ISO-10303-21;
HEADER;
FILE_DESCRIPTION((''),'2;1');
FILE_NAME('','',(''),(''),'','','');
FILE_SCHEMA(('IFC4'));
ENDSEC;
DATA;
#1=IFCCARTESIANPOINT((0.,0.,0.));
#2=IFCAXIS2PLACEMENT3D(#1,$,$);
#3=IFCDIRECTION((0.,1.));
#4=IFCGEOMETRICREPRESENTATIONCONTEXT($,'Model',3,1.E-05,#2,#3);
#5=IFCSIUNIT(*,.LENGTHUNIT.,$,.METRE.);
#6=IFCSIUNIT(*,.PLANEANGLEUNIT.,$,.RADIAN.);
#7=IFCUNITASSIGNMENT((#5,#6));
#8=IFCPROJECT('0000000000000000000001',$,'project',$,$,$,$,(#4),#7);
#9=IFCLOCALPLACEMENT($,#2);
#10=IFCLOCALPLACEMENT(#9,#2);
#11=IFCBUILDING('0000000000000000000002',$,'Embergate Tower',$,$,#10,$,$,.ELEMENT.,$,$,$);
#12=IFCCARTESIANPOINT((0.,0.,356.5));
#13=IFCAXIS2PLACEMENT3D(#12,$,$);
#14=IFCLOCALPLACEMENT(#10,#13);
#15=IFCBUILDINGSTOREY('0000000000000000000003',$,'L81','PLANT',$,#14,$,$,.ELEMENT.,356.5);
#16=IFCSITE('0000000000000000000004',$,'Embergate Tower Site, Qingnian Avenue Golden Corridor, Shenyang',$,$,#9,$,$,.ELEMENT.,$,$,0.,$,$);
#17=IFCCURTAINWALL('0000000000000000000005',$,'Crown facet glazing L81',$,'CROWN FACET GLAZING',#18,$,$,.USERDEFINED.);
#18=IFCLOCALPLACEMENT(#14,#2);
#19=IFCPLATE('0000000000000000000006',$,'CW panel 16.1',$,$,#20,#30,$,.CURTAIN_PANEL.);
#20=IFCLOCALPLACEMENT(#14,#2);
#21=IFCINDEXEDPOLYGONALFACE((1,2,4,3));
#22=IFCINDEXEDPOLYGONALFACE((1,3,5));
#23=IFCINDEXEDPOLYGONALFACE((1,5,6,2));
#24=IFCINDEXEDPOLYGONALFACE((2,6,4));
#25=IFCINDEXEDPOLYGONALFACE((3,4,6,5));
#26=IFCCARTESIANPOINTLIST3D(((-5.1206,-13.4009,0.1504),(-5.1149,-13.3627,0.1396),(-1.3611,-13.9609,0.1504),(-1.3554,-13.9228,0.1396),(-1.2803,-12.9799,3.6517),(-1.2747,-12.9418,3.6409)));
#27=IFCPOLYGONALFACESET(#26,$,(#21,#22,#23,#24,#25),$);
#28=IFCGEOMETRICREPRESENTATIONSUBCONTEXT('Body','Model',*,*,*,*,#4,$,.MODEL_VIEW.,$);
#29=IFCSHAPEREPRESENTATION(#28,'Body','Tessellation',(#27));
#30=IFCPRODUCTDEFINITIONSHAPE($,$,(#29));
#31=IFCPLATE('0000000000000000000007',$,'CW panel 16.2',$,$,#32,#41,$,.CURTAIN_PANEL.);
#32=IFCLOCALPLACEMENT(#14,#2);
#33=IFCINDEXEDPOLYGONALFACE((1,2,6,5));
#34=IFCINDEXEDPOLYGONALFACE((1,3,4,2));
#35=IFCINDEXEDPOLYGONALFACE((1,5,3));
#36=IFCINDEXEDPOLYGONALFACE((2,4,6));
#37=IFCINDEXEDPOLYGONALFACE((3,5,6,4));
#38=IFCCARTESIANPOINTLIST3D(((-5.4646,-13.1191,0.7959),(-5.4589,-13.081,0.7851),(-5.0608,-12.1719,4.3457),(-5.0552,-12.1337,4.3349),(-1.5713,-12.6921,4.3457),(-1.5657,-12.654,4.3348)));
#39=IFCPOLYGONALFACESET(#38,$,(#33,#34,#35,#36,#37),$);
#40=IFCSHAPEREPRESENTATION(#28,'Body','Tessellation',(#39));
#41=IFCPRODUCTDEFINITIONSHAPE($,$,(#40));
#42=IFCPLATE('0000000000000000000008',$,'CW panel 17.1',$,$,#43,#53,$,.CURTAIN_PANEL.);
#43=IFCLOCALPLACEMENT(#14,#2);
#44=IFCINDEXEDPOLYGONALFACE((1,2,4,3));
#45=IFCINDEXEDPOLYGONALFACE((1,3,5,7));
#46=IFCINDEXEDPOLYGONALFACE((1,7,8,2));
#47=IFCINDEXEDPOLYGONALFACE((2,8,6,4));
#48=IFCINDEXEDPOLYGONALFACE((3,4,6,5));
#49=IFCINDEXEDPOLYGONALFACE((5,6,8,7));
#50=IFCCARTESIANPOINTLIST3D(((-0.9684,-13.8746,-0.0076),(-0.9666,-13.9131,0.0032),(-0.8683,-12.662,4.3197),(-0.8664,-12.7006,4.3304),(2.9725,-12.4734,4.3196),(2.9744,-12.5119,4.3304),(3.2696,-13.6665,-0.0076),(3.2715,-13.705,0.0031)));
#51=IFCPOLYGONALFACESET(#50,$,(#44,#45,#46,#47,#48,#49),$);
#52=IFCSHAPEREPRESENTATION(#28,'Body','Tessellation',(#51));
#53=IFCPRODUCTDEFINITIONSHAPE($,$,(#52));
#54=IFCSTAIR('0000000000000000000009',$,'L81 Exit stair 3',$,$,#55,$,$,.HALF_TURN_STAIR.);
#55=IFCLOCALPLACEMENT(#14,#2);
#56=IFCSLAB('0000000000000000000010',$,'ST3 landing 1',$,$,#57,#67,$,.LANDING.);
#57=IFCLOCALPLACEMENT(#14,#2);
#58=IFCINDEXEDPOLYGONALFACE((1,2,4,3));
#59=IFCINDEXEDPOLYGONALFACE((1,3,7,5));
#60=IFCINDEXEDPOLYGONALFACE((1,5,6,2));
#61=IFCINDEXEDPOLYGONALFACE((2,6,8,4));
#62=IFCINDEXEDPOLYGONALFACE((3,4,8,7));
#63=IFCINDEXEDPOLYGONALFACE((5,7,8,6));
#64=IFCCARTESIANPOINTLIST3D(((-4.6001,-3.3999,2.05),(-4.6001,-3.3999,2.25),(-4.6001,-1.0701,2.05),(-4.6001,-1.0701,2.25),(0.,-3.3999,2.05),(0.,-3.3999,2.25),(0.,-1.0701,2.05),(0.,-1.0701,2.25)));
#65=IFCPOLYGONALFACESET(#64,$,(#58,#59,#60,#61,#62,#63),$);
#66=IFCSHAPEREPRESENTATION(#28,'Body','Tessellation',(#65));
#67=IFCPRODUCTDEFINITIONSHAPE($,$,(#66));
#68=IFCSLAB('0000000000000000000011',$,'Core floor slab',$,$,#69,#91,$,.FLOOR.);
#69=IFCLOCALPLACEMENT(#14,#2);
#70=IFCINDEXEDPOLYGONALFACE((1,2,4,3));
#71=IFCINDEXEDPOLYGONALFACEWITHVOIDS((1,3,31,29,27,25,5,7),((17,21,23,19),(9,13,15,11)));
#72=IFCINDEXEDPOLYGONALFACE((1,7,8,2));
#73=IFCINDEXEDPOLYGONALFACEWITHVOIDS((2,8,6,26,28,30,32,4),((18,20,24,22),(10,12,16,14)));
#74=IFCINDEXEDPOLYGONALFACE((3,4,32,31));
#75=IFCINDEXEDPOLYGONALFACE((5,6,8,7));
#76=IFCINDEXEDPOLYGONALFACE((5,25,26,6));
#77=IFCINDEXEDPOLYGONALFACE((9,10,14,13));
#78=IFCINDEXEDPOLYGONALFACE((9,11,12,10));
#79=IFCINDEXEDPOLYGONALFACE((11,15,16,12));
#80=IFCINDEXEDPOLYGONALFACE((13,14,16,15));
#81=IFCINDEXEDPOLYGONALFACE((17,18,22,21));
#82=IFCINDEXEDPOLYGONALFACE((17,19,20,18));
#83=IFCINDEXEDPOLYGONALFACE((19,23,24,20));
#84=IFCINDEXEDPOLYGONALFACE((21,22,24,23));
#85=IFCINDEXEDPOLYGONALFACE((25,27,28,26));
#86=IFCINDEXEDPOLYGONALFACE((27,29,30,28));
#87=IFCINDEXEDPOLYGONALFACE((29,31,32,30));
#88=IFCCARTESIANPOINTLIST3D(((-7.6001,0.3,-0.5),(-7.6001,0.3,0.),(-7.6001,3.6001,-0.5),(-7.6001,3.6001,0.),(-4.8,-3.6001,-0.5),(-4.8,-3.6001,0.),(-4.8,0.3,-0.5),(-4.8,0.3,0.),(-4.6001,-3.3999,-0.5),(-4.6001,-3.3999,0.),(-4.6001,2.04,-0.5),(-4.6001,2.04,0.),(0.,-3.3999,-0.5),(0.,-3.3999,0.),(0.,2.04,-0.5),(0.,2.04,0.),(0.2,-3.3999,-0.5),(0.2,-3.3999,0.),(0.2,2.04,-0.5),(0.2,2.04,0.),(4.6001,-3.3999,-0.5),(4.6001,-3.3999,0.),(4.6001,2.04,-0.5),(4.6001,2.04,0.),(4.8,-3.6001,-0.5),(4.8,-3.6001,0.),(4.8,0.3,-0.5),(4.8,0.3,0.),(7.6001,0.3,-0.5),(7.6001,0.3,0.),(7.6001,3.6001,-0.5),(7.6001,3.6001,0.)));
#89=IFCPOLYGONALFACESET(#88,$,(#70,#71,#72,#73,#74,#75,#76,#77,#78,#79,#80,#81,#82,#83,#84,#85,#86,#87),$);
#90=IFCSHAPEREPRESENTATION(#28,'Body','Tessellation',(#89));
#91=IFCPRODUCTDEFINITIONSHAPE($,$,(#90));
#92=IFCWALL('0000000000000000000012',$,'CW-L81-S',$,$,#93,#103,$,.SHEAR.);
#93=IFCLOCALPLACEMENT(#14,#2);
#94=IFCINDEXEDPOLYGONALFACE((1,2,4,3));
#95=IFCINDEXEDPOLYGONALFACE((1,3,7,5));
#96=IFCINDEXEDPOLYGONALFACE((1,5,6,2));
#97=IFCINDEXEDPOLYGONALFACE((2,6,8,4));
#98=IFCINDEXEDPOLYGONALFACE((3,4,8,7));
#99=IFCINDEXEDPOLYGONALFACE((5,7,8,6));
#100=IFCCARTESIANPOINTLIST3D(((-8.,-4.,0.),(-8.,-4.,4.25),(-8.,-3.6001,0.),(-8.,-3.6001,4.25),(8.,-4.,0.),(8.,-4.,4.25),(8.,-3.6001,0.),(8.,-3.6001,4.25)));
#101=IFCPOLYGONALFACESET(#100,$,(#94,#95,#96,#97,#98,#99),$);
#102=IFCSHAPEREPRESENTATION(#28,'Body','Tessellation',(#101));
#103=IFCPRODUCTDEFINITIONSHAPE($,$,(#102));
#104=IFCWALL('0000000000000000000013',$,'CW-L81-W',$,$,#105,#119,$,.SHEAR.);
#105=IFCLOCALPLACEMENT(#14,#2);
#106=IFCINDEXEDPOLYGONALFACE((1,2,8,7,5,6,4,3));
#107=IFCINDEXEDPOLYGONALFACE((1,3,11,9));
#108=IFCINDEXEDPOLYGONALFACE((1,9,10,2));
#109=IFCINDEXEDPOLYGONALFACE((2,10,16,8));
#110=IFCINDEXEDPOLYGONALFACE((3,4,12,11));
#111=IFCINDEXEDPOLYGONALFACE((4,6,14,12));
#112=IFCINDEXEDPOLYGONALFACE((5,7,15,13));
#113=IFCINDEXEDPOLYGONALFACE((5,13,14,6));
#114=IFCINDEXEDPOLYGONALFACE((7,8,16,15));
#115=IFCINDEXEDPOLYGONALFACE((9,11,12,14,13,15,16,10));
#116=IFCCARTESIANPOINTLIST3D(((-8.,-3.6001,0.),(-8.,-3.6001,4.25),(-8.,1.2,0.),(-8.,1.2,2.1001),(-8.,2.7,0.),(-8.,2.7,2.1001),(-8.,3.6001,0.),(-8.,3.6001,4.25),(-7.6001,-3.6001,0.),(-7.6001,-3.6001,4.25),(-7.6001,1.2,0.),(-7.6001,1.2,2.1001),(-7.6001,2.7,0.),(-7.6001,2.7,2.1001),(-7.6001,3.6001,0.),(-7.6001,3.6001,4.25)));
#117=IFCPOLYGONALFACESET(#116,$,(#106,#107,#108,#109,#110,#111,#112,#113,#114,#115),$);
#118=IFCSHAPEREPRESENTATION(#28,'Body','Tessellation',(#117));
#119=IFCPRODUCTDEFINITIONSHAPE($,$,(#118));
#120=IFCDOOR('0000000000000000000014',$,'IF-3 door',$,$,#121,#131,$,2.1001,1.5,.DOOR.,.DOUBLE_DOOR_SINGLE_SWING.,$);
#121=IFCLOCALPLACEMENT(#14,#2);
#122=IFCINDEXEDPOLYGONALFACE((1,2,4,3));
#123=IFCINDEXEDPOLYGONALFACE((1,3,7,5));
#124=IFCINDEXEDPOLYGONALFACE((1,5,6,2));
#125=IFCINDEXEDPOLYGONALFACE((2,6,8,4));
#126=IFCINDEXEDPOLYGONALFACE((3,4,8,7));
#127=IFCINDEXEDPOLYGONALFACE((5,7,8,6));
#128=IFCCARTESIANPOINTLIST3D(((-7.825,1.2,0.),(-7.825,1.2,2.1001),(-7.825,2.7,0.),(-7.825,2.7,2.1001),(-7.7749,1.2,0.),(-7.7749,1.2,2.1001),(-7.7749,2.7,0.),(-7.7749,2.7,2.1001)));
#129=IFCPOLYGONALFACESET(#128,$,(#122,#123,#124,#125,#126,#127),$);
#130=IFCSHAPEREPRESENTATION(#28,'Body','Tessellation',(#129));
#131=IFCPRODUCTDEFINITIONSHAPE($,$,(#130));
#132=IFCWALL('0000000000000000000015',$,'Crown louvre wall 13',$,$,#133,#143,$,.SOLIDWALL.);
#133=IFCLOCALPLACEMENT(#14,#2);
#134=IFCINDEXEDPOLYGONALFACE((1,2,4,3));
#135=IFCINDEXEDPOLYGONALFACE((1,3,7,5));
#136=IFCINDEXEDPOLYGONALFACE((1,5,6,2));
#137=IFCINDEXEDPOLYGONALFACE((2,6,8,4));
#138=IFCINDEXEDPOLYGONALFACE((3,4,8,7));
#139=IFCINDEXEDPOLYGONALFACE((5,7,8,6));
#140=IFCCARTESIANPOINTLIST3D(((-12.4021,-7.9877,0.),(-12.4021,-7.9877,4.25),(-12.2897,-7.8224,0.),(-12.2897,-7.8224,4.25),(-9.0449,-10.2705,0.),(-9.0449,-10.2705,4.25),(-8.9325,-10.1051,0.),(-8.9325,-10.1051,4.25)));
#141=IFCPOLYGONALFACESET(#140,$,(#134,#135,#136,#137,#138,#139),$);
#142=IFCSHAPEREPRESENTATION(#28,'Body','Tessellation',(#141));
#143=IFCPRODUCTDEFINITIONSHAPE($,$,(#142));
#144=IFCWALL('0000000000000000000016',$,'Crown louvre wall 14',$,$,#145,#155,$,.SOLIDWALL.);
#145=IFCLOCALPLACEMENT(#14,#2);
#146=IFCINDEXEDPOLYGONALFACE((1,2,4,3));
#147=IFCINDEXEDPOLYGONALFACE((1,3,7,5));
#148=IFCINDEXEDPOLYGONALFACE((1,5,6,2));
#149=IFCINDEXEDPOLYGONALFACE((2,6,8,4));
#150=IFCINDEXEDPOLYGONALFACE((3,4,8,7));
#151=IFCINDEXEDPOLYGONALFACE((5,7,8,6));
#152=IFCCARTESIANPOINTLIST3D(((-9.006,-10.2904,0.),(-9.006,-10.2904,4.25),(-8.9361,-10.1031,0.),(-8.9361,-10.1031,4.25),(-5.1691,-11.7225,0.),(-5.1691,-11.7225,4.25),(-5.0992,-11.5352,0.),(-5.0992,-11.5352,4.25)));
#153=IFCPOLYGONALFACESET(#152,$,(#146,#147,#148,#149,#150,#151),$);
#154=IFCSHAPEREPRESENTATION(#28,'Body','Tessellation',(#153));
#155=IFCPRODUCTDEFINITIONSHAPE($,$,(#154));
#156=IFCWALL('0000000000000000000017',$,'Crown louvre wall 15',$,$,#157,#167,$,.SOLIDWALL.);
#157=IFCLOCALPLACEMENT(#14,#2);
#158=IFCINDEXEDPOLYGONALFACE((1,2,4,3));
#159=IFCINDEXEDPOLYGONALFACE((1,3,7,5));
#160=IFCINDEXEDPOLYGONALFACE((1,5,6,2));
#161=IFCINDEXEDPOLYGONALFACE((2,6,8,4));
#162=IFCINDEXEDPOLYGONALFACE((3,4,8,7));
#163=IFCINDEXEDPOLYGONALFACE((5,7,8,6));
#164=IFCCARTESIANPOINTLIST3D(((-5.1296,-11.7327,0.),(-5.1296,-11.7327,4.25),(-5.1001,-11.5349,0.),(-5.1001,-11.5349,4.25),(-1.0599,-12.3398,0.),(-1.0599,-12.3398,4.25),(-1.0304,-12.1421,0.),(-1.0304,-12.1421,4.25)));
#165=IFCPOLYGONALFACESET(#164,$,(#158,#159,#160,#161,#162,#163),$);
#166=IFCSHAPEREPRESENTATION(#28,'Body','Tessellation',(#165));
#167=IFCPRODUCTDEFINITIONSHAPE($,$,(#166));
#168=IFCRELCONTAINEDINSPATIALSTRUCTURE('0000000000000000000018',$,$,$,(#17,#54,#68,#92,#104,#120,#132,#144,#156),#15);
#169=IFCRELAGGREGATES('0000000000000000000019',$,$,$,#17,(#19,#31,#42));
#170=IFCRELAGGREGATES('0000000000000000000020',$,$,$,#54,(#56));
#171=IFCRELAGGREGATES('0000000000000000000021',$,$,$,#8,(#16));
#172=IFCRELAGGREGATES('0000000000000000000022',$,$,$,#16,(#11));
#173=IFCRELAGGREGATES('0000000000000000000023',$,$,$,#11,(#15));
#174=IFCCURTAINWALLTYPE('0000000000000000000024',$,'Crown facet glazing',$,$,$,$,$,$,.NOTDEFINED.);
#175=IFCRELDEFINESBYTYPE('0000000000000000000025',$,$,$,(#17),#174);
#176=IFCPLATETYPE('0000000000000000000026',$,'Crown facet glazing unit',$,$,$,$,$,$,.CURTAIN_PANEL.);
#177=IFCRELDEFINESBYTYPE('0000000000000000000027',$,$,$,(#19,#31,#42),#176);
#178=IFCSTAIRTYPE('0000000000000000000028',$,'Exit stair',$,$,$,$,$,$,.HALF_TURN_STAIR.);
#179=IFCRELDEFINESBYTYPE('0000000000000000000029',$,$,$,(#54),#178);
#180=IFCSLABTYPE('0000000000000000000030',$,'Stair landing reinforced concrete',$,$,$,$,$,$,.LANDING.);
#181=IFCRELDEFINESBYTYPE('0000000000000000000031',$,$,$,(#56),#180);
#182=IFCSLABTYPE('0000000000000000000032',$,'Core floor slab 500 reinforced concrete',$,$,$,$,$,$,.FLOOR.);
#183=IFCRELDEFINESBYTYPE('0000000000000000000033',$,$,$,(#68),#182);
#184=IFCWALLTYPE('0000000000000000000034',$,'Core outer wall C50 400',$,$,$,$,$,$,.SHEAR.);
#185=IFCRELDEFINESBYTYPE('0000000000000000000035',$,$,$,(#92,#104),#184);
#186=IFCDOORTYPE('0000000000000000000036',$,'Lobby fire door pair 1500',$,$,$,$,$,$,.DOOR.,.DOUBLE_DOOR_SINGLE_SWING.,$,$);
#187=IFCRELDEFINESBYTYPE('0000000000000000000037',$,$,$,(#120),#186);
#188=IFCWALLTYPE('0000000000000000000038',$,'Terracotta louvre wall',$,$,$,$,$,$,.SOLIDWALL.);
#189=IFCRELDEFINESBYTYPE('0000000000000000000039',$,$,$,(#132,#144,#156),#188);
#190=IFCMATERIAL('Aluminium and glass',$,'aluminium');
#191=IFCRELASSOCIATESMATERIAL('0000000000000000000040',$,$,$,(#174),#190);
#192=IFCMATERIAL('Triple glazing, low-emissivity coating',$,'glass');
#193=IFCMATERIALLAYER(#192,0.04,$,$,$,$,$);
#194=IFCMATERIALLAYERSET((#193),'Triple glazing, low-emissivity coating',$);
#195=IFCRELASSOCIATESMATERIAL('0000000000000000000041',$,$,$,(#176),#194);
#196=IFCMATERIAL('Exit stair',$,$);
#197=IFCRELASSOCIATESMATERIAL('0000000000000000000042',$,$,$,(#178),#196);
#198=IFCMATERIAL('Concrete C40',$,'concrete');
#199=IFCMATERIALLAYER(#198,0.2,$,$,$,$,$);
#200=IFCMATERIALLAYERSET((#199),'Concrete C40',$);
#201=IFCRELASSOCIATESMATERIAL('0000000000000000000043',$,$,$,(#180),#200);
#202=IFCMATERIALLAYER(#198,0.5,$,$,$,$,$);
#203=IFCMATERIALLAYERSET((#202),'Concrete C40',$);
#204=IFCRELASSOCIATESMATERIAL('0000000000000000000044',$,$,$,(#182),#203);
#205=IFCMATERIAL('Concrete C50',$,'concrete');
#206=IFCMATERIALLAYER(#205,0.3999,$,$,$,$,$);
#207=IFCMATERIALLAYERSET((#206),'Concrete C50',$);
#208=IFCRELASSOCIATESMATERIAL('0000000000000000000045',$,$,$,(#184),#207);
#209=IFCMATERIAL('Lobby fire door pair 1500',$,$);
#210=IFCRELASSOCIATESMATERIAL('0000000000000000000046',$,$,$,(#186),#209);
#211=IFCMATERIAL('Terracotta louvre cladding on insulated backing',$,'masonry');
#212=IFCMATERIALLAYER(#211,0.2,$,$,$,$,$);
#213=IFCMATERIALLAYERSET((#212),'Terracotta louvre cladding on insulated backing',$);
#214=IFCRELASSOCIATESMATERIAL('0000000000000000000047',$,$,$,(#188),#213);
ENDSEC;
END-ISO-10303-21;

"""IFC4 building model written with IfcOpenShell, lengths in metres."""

from ifc_helpers import new_model, si_unit, direction, frame, frame_2d, origin, place, context, subcontext, project, spatial, polyline, rectangle, outline, extrude, source, transform, mapped, material, layer, layer_set, type_object, element, fill, aggregate, save


model = new_model("IFC4")

# Units and contexts
model_context = context("Model", 3, precision=1e-05, world=origin(), true_north=direction((0.0, 1.0)))
body_context = subcontext(model_context, "Body", "Model", "MODEL_VIEW")
ifc_project = project(units=[si_unit("LENGTHUNIT", "METRE"), si_unit("PLANEANGLEUNIT", "RADIAN")], contexts=[model_context])

# Site, building, storey
site_placement = place(None, origin())
site = spatial("IfcSite", under=ifc_project, at=site_placement, Name="Embergate Tower Site, Qingnian Avenue Golden Corridor, Shenyang", CompositionType="ELEMENT", RefElevation=0.0)
building_placement = place(site_placement, origin())
building = spatial("IfcBuilding", under=site, at=building_placement, Name="Embergate Tower", CompositionType="ELEMENT")
storey_placement = place(building_placement, frame((0.0, 0.0, 356.5)))
storey = spatial("IfcBuildingStorey", under=building, at=storey_placement, Name="L81", Description="PLANT", CompositionType="ELEMENT", Elevation=356.5)

# Curtain wall
ifc_material_1 = material(Name="Aluminium and glass", Category="aluminium")
curtain_wall_type = type_object("IfcCurtainWallType", Name="Crown facet glazing", PredefinedType="NOTDEFINED", material=ifc_material_1)
curtain_wall_placement = place(storey_placement, origin())
curtain_wall = element("IfcCurtainWall", 1, at=curtain_wall_placement, inside=storey, type_object=curtain_wall_type, Name="Crown facet glazing L81", ObjectType="CROWN FACET GLAZING", PredefinedType="USERDEFINED")

# Shared definitions
ifc_material_2 = material(Name="Concrete C50", Category="concrete")

# Plates
ifc_material_3 = material(Name="Triple glazing, low-emissivity coating", Category="glass")
ifc_layer_1 = layer(ifc_material_3, 0.04)
ifc_layer_set_1 = layer_set([ifc_layer_1], Name="Triple glazing, low-emissivity coating")
plate_type = type_object("IfcPlateType", Name="Crown facet glazing unit", PredefinedType="CURTAIN_PANEL", material=ifc_layer_set_1)
shared_shape_1 = source(origin(), body_context, "Body", "SweptSolid", [
    extrude(outline(polyline([(0.0, 0.0), (3.801, 0.0), (3.7363, 3.6365), (0.0, 0.0)])), origin(), (0.0, 0.0, -1.0), 0.04),
])
plate_1_placement = place(storey_placement, frame((-5.1206, -13.4009, 0.1504), z_axis=(-0.141869, -0.952325, 0.270093), x_axis=(0.989085, -0.147345, 0.0)))
plate_1 = element("IfcPlate", 2, at=plate_1_placement, type_object=plate_type, Name="CW panel 16.1", PredefinedType="CURTAIN_PANEL", context=body_context, shape_type="MappedRepresentation", body=[
    mapped(shared_shape_1, transform((0.0, 0.0, 0.0))),
])
shared_shape_2 = source(origin(), body_context, "Body", "SweptSolid", [
    extrude(outline(polyline([(0.0, 0.0), (5.2859, 0.0), (2.7578, 2.4609), (0.0, 0.0)])), origin(), (0.0, 0.0, -1.0), 0.04),
])
plate_2_placement = place(storey_placement, frame((-5.4646, -13.1191, 0.7959), z_axis=(-0.141976, -0.952261, 0.270262), x_axis=(0.736539, 0.08078, 0.671554)))
plate_2 = element("IfcPlate", 3, at=plate_2_placement, type_object=plate_type, Name="CW panel 16.2", PredefinedType="CURTAIN_PANEL", context=body_context, shape_type="MappedRepresentation", body=[
    mapped(shared_shape_2, transform((0.0, 0.0, 0.0))),
])
shared_shape_3 = source(origin(), body_context, "Body", "SweptSolid", [
    extrude(outline(polyline([(0.0, 0.0), (4.2432, 0.0), (4.0049, 4.4922), (0.1594, 4.4922), (0.0, 0.0)])), origin(), (0.0, 0.0, -1.0), 0.04),
])
plate_3_placement = place(storey_placement, frame((-0.9666, -13.9131, 0.0032), z_axis=(0.047247, -0.962119, 0.268503), x_axis=(0.998797, 0.049046, -0.000007)))
plate_3 = element("IfcPlate", 4, at=plate_3_placement, type_object=plate_type, Name="CW panel 17.1", PredefinedType="CURTAIN_PANEL", context=body_context, shape_type="MappedRepresentation", body=[
    mapped(shared_shape_3, transform((0.0, 0.0, 0.0))),
])
aggregate(curtain_wall, [plate_1, plate_2, plate_3])

# Stair, slab
ifc_material_4 = material(Name="Exit stair")
stair_type = type_object("IfcStairType", Name="Exit stair", PredefinedType="HALF_TURN_STAIR", material=ifc_material_4)
stair_placement = place(storey_placement, origin())
stair = element("IfcStair", 5, at=stair_placement, inside=storey, type_object=stair_type, Name="L81 Exit stair 3", PredefinedType="HALF_TURN_STAIR")
ifc_material_5 = material(Name="Concrete C40", Category="concrete")
ifc_layer_2 = layer(ifc_material_5, 0.2)
ifc_layer_set_2 = layer_set([ifc_layer_2], Name="Concrete C40")
slab_type_1 = type_object("IfcSlabType", Name="Stair landing reinforced concrete", PredefinedType="LANDING", material=ifc_layer_set_2)
shared_shape_4 = source(origin(), body_context, "Body", "SweptSolid", [
    extrude(outline(polyline([(0.0, 0.0), (4.6001, 0.0), (4.6001, 2.3298), (0.0, 2.3298), (0.0, 0.0)])), origin(), (0.0, 0.0, 1.0), 0.2),
])
slab_1_placement = place(storey_placement, frame((-4.6001, -3.3999, 2.05)))
slab_1 = element("IfcSlab", 6, at=slab_1_placement, type_object=slab_type_1, Name="ST3 landing 1", PredefinedType="LANDING", context=body_context, shape_type="MappedRepresentation", body=[
    mapped(shared_shape_4, transform((0.0, 0.0, 0.0))),
])
aggregate(stair, [slab_1])

# Slab
ifc_layer_3 = layer(ifc_material_5, 0.5)
ifc_layer_set_3 = layer_set([ifc_layer_3], Name="Concrete C40")
slab_type_2 = type_object("IfcSlabType", Name="Core floor slab 500 reinforced concrete", PredefinedType="FLOOR", material=ifc_layer_set_3)
shared_shape_5 = source(origin(), body_context, "Body", "SweptSolid", [
    extrude(outline(polyline([(0.0, 0.0), (9.6001, 0.0), (9.6001, 3.9001), (12.4001, 3.9001), (12.4001, 7.2002), (-2.8, 7.2002), (-2.8, 3.9001), (0.0, 3.9001), (0.0, 0.0)]), holes=[polyline([(0.2, 0.2002), (0.2, 5.6401), (4.8, 5.6401), (4.8, 0.2002), (0.2, 0.2002)]), polyline([(5.0, 0.2002), (5.0, 5.6401), (9.4001, 5.6401), (9.4001, 0.2002), (5.0, 0.2002)])]), origin(), (0.0, 0.0, 1.0), 0.5),
])
slab_2_placement = place(storey_placement, frame((-4.8, -3.6001, -0.5)))
element("IfcSlab", 7, at=slab_2_placement, inside=storey, type_object=slab_type_2, Name="Core floor slab", PredefinedType="FLOOR", context=body_context, shape_type="MappedRepresentation", body=[
    mapped(shared_shape_5, transform((0.0, 0.0, 0.0))),
])

# Wall
ifc_layer_4 = layer(ifc_material_2, 0.3999)
ifc_layer_set_4 = layer_set([ifc_layer_4], Name="Concrete C50")
wall_type_1 = type_object("IfcWallType", Name="Core outer wall C50 400", PredefinedType="SHEAR", material=ifc_layer_set_4)
shared_shape_6 = source(origin(), body_context, "Body", "SweptSolid", [
    extrude(rectangle(XDim=16.0, YDim=0.3999, at=frame_2d((8.0, 0.0))), origin(), (0.0, 0.0, 1.0), 4.25),
])
wall_1_placement = place(storey_placement, frame((-8.0, -3.8, 0.0), z_axis=(0.0, 0.0, 1.0), x_axis=(1.0, 0.0, 0.0)))
element("IfcWall", 8, at=wall_1_placement, inside=storey, type_object=wall_type_1, Name="CW-L81-S", PredefinedType="SHEAR", context=body_context, shape_type="MappedRepresentation", body=[
    mapped(shared_shape_6, transform((0.0, 0.0, 0.0))),
])

# Wall, opening, door
shared_shape_7 = source(origin(), body_context, "Body", "SweptSolid", [
    extrude(rectangle(XDim=7.2002, YDim=0.3999, at=frame_2d((3.6001, 0.0))), origin(), (0.0, 0.0, 1.0), 4.25),
])
wall_2_placement = place(storey_placement, frame((-7.8, -3.6001, 0.0), z_axis=(0.0, 0.0, 1.0), x_axis=(0.0, 1.0, 0.0)))
wall_2 = element("IfcWall", 9, at=wall_2_placement, inside=storey, type_object=wall_type_1, Name="CW-L81-W", PredefinedType="SHEAR", context=body_context, shape_type="MappedRepresentation", body=[
    mapped(shared_shape_7, transform((0.0, 0.0, 0.0))),
])
shared_shape_8 = source(origin(), body_context, "Body", "SweptSolid", [
    extrude(rectangle(XDim=1.5, YDim=2.1001, at=frame_2d((0.75, 1.05))), frame((0.0, 0.21, 0.0), z_axis=(0.0, -1.0, 0.0), x_axis=(1.0, 0.0, 0.0)), (0.0, 0.0, 1.0), 0.4199),
])
opening_placement = place(wall_2_placement, frame((4.8, 0.0, 0.0)))
opening = element("IfcOpeningElement", 10, at=opening_placement, cuts=wall_2, PredefinedType="OPENING", context=body_context, shape_type="MappedRepresentation", body=[
    mapped(shared_shape_8, transform((0.0, 0.0, 0.0))),
])
ifc_material_6 = material(Name="Lobby fire door pair 1500")
door_type = type_object("IfcDoorType", Name="Lobby fire door pair 1500", OperationType="DOUBLE_DOOR_SINGLE_SWING", PredefinedType="DOOR", material=ifc_material_6)
shared_shape_9 = source(origin(), body_context, "Body", "SweptSolid", [
    extrude(rectangle(XDim=1.5, YDim=2.1001, at=frame_2d((0.75, 1.05))), frame((0.0, 0.0249, 0.0), z_axis=(0.0, -1.0, 0.0), x_axis=(1.0, 0.0, 0.0)), (0.0, 0.0, 1.0), 0.05),
])
door_placement = place(opening_placement, origin())
door = element("IfcDoor", 11, at=door_placement, inside=storey, type_object=door_type, Name="IF-3 door", OperationType="DOUBLE_DOOR_SINGLE_SWING", OverallHeight=2.1001, OverallWidth=1.5, PredefinedType="DOOR", context=body_context, shape_type="MappedRepresentation", body=[
    mapped(shared_shape_9, transform((0.0, 0.0, 0.0))),
])
fill(opening, door)

# Walls
ifc_material_7 = material(Name="Terracotta louvre cladding on insulated backing", Category="masonry")
ifc_layer_5 = layer(ifc_material_7, 0.2)
ifc_layer_set_5 = layer_set([ifc_layer_5], Name="Terracotta louvre cladding on insulated backing")
wall_type_2 = type_object("IfcWallType", Name="Terracotta louvre wall", PredefinedType="SOLIDWALL", material=ifc_layer_set_5)
shared_shape_10 = source(origin(), body_context, "Body", "SweptSolid", [
    extrude(rectangle(XDim=4.0598, YDim=0.2, at=frame_2d((2.0298, 0.0))), origin(), (0.0, 0.0, 1.0), 4.25),
])
wall_3_placement = place(storey_placement, frame((-8.9888, -10.1877, 0.0), z_axis=(0.0, 0.0, 1.0), x_axis=(-0.826946, 0.562282, 0.0)))
element("IfcWall", 12, at=wall_3_placement, inside=storey, type_object=wall_type_2, Name="Crown louvre wall 13", PredefinedType="SOLIDWALL", context=body_context, shape_type="MappedRepresentation", body=[
    mapped(shared_shape_10, transform((0.0, 0.0, 0.0))),
])
shared_shape_11 = source(origin(), body_context, "Body", "SweptSolid", [
    extrude(rectangle(XDim=4.0955, YDim=0.2, at=frame_2d((2.0479, 0.0))), origin(), (0.0, 0.0, 1.0), 4.25),
])
wall_4_placement = place(storey_placement, frame((-5.134, -11.6289, 0.0), z_axis=(0.0, 0.0, 1.0), x_axis=(-0.936867, 0.349686, 0.0)))
element("IfcWall", 13, at=wall_4_placement, inside=storey, type_object=wall_type_2, Name="Crown louvre wall 14", PredefinedType="SOLIDWALL", context=body_context, shape_type="MappedRepresentation", body=[
    mapped(shared_shape_11, transform((0.0, 0.0, 0.0))),
])
shared_shape_12 = source(origin(), body_context, "Body", "SweptSolid", [
    extrude(rectangle(XDim=4.1147, YDim=0.2, at=frame_2d((2.0574, 0.0))), origin(), (0.0, 0.0, 1.0), 4.25),
])
wall_5_placement = place(storey_placement, frame((-1.0452, -12.241, 0.0), z_axis=(0.0, 0.0, 1.0), x_axis=(-0.989052, 0.147566, 0.0)))
element("IfcWall", 14, at=wall_5_placement, inside=storey, type_object=wall_type_2, Name="Crown louvre wall 15", PredefinedType="SOLIDWALL", context=body_context, shape_type="MappedRepresentation", body=[
    mapped(shared_shape_12, transform((0.0, 0.0, 0.0))),
])

save(model, "model.ifc")
